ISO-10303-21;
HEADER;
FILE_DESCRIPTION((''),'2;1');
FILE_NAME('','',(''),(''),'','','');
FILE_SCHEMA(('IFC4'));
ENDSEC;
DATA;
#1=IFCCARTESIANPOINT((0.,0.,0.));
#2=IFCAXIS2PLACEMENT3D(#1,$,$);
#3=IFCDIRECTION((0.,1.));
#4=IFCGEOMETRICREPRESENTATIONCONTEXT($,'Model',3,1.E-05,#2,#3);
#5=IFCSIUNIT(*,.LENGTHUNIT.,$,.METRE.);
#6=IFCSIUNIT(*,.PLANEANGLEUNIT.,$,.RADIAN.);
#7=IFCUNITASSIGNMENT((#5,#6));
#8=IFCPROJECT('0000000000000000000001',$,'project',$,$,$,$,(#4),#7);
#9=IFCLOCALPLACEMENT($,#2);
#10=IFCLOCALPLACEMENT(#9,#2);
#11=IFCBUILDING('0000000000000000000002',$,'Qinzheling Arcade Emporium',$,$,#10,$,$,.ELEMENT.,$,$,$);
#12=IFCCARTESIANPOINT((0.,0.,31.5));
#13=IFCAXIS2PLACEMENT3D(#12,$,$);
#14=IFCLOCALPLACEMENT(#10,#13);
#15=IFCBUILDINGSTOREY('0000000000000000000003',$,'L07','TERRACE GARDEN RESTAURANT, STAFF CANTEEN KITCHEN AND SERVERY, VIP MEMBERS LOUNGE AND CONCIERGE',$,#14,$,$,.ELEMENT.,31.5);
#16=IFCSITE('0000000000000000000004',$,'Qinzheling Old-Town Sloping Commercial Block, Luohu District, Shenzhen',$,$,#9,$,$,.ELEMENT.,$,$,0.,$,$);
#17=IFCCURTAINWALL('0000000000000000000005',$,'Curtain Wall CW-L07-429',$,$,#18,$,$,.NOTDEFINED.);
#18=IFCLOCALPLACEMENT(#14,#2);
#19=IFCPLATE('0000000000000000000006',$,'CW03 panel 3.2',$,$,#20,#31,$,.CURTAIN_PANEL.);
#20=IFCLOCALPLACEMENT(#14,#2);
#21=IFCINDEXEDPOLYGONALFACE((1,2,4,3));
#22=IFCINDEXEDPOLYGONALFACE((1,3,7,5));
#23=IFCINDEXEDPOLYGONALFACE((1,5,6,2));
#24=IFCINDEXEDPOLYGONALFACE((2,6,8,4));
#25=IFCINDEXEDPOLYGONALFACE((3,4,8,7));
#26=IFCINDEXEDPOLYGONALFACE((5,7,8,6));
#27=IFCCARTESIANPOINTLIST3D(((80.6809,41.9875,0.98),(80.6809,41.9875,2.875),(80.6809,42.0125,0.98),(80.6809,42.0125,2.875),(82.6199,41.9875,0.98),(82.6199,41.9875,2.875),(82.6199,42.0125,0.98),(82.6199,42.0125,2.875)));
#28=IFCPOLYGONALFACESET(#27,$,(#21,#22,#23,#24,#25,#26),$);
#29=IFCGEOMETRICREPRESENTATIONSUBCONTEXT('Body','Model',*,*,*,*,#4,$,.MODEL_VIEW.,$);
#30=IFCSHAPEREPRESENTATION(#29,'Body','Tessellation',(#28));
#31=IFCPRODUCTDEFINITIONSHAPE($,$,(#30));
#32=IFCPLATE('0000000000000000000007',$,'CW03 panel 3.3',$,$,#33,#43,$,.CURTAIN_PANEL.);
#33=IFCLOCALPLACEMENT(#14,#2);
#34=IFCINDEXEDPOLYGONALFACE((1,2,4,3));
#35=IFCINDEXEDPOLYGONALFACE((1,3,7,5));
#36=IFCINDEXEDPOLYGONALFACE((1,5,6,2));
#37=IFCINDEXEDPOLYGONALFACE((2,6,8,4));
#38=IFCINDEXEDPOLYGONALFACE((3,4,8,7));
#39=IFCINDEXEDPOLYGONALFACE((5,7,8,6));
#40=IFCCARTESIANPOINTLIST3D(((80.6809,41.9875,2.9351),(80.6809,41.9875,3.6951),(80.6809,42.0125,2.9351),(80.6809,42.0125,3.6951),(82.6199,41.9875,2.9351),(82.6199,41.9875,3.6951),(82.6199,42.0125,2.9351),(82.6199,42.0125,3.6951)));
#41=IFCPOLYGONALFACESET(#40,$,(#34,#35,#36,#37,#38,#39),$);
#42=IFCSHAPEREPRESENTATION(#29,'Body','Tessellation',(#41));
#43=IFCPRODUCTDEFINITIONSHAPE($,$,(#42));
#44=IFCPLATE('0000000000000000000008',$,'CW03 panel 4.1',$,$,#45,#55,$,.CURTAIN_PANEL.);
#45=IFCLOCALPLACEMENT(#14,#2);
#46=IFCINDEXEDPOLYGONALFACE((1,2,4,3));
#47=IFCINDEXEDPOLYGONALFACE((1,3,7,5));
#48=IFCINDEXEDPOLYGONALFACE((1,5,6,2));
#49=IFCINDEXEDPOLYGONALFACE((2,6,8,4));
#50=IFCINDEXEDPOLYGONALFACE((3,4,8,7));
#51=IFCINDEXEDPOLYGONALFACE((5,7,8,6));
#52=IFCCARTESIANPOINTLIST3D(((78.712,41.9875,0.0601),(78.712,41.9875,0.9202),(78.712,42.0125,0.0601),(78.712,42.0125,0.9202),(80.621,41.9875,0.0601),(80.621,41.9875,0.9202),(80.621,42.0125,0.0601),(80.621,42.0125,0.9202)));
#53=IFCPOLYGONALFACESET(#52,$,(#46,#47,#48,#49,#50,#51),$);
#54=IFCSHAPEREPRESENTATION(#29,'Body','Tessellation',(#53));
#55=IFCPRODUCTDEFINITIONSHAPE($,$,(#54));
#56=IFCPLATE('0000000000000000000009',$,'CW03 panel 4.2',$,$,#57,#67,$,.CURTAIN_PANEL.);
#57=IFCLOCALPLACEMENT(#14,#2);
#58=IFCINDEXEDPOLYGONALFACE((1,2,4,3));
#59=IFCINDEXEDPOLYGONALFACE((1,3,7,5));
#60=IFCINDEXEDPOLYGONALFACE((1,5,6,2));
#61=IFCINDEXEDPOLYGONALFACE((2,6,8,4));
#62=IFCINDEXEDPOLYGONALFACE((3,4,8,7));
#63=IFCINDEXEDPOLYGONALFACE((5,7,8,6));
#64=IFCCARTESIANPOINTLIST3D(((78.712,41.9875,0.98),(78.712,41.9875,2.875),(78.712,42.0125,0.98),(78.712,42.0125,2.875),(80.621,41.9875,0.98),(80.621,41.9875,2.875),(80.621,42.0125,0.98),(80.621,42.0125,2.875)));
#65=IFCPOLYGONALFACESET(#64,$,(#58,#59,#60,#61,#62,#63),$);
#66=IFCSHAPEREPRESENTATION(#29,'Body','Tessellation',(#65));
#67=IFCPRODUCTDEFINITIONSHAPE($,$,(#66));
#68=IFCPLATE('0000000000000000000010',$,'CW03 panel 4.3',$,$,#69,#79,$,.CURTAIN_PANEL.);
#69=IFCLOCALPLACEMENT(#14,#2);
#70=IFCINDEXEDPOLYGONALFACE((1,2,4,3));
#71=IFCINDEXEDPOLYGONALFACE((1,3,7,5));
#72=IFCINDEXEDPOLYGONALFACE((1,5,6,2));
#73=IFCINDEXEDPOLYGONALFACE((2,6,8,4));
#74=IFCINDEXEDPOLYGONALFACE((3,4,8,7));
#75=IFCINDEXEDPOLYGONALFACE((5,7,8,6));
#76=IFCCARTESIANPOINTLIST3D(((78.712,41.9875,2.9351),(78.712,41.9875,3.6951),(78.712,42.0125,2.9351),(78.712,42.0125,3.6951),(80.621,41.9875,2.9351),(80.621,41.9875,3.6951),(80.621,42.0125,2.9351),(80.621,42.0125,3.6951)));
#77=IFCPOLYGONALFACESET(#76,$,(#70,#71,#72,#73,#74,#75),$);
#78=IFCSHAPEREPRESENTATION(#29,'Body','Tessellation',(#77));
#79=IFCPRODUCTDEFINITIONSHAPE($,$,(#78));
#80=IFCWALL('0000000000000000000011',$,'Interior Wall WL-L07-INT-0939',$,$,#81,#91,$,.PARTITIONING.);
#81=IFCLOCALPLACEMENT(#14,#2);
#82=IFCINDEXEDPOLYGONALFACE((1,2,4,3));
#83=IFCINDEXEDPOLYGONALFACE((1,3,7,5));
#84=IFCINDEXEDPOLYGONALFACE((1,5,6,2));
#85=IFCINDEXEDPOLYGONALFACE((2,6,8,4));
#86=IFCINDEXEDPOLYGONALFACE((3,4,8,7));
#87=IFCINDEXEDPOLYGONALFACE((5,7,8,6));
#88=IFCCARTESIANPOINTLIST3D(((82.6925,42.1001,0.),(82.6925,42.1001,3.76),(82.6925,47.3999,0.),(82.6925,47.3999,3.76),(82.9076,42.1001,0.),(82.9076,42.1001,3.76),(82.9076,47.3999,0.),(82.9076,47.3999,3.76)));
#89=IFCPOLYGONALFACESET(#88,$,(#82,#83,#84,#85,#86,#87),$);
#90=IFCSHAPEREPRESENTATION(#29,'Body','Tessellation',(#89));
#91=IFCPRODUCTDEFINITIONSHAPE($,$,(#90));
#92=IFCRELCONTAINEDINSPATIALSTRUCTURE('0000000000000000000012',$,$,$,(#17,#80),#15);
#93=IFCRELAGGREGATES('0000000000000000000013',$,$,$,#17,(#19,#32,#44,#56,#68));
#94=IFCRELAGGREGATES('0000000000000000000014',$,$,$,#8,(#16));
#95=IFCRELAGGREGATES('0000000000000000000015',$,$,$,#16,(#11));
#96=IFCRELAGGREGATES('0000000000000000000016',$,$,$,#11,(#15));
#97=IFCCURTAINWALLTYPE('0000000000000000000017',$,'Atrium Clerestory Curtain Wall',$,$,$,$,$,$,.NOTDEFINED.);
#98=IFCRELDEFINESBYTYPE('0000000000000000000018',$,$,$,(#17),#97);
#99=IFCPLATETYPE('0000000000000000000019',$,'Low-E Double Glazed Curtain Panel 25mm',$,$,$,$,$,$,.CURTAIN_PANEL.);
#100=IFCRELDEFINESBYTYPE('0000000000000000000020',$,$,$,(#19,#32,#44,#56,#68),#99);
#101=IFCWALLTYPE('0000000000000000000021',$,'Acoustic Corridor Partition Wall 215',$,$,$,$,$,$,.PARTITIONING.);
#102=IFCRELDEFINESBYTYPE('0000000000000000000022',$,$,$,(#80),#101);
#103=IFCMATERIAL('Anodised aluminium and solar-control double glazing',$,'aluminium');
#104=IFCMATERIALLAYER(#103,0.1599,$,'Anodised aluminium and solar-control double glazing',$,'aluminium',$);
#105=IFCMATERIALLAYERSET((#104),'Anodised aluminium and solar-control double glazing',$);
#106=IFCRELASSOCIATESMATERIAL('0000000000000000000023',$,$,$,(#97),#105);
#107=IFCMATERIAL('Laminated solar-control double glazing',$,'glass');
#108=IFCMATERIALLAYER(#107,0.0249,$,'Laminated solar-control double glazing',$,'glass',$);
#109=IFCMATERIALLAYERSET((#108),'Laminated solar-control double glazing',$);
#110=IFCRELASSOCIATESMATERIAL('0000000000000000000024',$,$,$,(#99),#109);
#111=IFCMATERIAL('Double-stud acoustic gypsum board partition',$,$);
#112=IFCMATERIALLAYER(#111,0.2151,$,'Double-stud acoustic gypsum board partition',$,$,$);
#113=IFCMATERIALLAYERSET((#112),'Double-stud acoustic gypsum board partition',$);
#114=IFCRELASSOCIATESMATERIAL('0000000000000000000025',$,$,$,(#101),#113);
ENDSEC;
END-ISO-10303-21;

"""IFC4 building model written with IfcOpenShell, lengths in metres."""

from ifc_helpers import new_model, si_unit, direction, frame, frame_2d, origin, origin_2d, place, context, subcontext, project, spatial, rectangle, extrude, material, layer, layer_set, type_object, element, aggregate, save


model = new_model("IFC4")

# Units and contexts
model_context = context("Model", 3, precision=1e-05, world=origin(), true_north=direction((0.0, 1.0)))
body_context = subcontext(model_context, "Body", "Model", "MODEL_VIEW")
ifc_project = project(units=[si_unit("LENGTHUNIT", "METRE"), si_unit("PLANEANGLEUNIT", "RADIAN")], contexts=[model_context])

# Site, building, storey
site_placement = place(None, origin())
site = spatial("IfcSite", under=ifc_project, at=site_placement, Name="Qinzheling Old-Town Sloping Commercial Block, Luohu District, Shenzhen", CompositionType="ELEMENT", RefElevation=0.0)
building_placement = place(site_placement, origin())
building = spatial("IfcBuilding", under=site, at=building_placement, Name="Qinzheling Arcade Emporium", CompositionType="ELEMENT")
storey_placement = place(building_placement, frame((0.0, 0.0, 31.5)))
storey = spatial("IfcBuildingStorey", under=building, at=storey_placement, Name="L07", Description="TERRACE GARDEN RESTAURANT, STAFF CANTEEN KITCHEN AND SERVERY, VIP MEMBERS LOUNGE AND CONCIERGE", CompositionType="ELEMENT", Elevation=31.5)

# Curtain wall, plates
ifc_material_1 = material(Name="Anodised aluminium and solar-control double glazing", Category="aluminium")
ifc_layer_1 = layer(ifc_material_1, 0.1599, Name="Anodised aluminium and solar-control double glazing", Category="aluminium")
ifc_layer_set_1 = layer_set([ifc_layer_1], Name="Anodised aluminium and solar-control double glazing")
curtain_wall_type = type_object("IfcCurtainWallType", Name="Atrium Clerestory Curtain Wall", PredefinedType="NOTDEFINED", material=ifc_layer_set_1)
curtain_wall_placement = place(storey_placement, origin())
curtain_wall = element("IfcCurtainWall", 1, at=curtain_wall_placement, inside=storey, type_object=curtain_wall_type, Name="Curtain Wall CW-L07-429", PredefinedType="NOTDEFINED")
ifc_material_2 = material(Name="Laminated solar-control double glazing", Category="glass")
ifc_layer_2 = layer(ifc_material_2, 0.0249, Name="Laminated solar-control double glazing", Category="glass")
ifc_layer_set_2 = layer_set([ifc_layer_2], Name="Laminated solar-control double glazing")
plate_type = type_object("IfcPlateType", Name="Low-E Double Glazed Curtain Panel 25mm", PredefinedType="CURTAIN_PANEL", material=ifc_layer_set_2)
plate_1_placement = place(storey_placement, frame((81.6504, 42.0, 0.98), z_axis=(0.0, 0.0, 1.0), x_axis=(-1.0, 0.0, 0.0)))
plate_1 = element("IfcPlate", 2, at=plate_1_placement, type_object=plate_type, Name="CW03 panel 3.2", PredefinedType="CURTAIN_PANEL", context=body_context, shape_type="SweptSolid", body=[
    extrude(rectangle(XDim=1.939, YDim=0.0249, at=origin_2d()), origin(), (0.0, 0.0, 1.0), 1.895),
])
plate_2_placement = place(storey_placement, frame((81.6504, 42.0, 2.9351), z_axis=(0.0, 0.0, 1.0), x_axis=(-1.0, 0.0, 0.0)))
plate_2 = element("IfcPlate", 3, at=plate_2_placement, type_object=plate_type, Name="CW03 panel 3.3", PredefinedType="CURTAIN_PANEL", context=body_context, shape_type="SweptSolid", body=[
    extrude(rectangle(XDim=1.939, YDim=0.0249, at=origin_2d()), origin(), (0.0, 0.0, 1.0), 0.76),
])
plate_3_placement = place(storey_placement, frame((79.6665, 42.0, 0.0601), z_axis=(0.0, 0.0, 1.0), x_axis=(-1.0, 0.0, 0.0)))
plate_3 = element("IfcPlate", 4, at=plate_3_placement, type_object=plate_type, Name="CW03 panel 4.1", PredefinedType="CURTAIN_PANEL", context=body_context, shape_type="SweptSolid", body=[
    extrude(rectangle(XDim=1.9089, YDim=0.0249, at=origin_2d()), origin(), (0.0, 0.0, 1.0), 0.8601),
])
plate_4_placement = place(storey_placement, frame((79.6665, 42.0, 0.98), z_axis=(0.0, 0.0, 1.0), x_axis=(-1.0, 0.0, 0.0)))
plate_4 = element("IfcPlate", 5, at=plate_4_placement, type_object=plate_type, Name="CW03 panel 4.2", PredefinedType="CURTAIN_PANEL", context=body_context, shape_type="SweptSolid", body=[
    extrude(rectangle(XDim=1.9089, YDim=0.0249, at=origin_2d()), origin(), (0.0, 0.0, 1.0), 1.895),
])
plate_5_placement = place(storey_placement, frame((79.6665, 42.0, 2.9351), z_axis=(0.0, 0.0, 1.0), x_axis=(-1.0, 0.0, 0.0)))
plate_5 = element("IfcPlate", 6, at=plate_5_placement, type_object=plate_type, Name="CW03 panel 4.3", PredefinedType="CURTAIN_PANEL", context=body_context, shape_type="SweptSolid", body=[
    extrude(rectangle(XDim=1.9089, YDim=0.0249, at=origin_2d()), origin(), (0.0, 0.0, 1.0), 0.76),
])
aggregate(curtain_wall, [plate_1, plate_2, plate_3, plate_4, plate_5])

# Wall
ifc_material_3 = material(Name="Double-stud acoustic gypsum board partition")
ifc_layer_3 = layer(ifc_material_3, 0.2151, Name="Double-stud acoustic gypsum board partition")
ifc_layer_set_3 = layer_set([ifc_layer_3], Name="Double-stud acoustic gypsum board partition")
wall_type = type_object("IfcWallType", Name="Acoustic Corridor Partition Wall 215", PredefinedType="PARTITIONING", material=ifc_layer_set_3)
wall_placement = place(storey_placement, frame((82.8, 42.1001, 0.0), z_axis=(0.0, 0.0, 1.0), x_axis=(0.0, 1.0, 0.0)))
element("IfcWall", 7, at=wall_placement, inside=storey, type_object=wall_type, Name="Interior Wall WL-L07-INT-0939", PredefinedType="PARTITIONING", context=body_context, shape_type="SweptSolid", body=[
    extrude(rectangle(XDim=5.2998, YDim=0.2151, at=frame_2d((2.6499, 0.0))), origin(), (0.0, 0.0, 1.0), 3.76),
])

save(model, "model.ifc")
